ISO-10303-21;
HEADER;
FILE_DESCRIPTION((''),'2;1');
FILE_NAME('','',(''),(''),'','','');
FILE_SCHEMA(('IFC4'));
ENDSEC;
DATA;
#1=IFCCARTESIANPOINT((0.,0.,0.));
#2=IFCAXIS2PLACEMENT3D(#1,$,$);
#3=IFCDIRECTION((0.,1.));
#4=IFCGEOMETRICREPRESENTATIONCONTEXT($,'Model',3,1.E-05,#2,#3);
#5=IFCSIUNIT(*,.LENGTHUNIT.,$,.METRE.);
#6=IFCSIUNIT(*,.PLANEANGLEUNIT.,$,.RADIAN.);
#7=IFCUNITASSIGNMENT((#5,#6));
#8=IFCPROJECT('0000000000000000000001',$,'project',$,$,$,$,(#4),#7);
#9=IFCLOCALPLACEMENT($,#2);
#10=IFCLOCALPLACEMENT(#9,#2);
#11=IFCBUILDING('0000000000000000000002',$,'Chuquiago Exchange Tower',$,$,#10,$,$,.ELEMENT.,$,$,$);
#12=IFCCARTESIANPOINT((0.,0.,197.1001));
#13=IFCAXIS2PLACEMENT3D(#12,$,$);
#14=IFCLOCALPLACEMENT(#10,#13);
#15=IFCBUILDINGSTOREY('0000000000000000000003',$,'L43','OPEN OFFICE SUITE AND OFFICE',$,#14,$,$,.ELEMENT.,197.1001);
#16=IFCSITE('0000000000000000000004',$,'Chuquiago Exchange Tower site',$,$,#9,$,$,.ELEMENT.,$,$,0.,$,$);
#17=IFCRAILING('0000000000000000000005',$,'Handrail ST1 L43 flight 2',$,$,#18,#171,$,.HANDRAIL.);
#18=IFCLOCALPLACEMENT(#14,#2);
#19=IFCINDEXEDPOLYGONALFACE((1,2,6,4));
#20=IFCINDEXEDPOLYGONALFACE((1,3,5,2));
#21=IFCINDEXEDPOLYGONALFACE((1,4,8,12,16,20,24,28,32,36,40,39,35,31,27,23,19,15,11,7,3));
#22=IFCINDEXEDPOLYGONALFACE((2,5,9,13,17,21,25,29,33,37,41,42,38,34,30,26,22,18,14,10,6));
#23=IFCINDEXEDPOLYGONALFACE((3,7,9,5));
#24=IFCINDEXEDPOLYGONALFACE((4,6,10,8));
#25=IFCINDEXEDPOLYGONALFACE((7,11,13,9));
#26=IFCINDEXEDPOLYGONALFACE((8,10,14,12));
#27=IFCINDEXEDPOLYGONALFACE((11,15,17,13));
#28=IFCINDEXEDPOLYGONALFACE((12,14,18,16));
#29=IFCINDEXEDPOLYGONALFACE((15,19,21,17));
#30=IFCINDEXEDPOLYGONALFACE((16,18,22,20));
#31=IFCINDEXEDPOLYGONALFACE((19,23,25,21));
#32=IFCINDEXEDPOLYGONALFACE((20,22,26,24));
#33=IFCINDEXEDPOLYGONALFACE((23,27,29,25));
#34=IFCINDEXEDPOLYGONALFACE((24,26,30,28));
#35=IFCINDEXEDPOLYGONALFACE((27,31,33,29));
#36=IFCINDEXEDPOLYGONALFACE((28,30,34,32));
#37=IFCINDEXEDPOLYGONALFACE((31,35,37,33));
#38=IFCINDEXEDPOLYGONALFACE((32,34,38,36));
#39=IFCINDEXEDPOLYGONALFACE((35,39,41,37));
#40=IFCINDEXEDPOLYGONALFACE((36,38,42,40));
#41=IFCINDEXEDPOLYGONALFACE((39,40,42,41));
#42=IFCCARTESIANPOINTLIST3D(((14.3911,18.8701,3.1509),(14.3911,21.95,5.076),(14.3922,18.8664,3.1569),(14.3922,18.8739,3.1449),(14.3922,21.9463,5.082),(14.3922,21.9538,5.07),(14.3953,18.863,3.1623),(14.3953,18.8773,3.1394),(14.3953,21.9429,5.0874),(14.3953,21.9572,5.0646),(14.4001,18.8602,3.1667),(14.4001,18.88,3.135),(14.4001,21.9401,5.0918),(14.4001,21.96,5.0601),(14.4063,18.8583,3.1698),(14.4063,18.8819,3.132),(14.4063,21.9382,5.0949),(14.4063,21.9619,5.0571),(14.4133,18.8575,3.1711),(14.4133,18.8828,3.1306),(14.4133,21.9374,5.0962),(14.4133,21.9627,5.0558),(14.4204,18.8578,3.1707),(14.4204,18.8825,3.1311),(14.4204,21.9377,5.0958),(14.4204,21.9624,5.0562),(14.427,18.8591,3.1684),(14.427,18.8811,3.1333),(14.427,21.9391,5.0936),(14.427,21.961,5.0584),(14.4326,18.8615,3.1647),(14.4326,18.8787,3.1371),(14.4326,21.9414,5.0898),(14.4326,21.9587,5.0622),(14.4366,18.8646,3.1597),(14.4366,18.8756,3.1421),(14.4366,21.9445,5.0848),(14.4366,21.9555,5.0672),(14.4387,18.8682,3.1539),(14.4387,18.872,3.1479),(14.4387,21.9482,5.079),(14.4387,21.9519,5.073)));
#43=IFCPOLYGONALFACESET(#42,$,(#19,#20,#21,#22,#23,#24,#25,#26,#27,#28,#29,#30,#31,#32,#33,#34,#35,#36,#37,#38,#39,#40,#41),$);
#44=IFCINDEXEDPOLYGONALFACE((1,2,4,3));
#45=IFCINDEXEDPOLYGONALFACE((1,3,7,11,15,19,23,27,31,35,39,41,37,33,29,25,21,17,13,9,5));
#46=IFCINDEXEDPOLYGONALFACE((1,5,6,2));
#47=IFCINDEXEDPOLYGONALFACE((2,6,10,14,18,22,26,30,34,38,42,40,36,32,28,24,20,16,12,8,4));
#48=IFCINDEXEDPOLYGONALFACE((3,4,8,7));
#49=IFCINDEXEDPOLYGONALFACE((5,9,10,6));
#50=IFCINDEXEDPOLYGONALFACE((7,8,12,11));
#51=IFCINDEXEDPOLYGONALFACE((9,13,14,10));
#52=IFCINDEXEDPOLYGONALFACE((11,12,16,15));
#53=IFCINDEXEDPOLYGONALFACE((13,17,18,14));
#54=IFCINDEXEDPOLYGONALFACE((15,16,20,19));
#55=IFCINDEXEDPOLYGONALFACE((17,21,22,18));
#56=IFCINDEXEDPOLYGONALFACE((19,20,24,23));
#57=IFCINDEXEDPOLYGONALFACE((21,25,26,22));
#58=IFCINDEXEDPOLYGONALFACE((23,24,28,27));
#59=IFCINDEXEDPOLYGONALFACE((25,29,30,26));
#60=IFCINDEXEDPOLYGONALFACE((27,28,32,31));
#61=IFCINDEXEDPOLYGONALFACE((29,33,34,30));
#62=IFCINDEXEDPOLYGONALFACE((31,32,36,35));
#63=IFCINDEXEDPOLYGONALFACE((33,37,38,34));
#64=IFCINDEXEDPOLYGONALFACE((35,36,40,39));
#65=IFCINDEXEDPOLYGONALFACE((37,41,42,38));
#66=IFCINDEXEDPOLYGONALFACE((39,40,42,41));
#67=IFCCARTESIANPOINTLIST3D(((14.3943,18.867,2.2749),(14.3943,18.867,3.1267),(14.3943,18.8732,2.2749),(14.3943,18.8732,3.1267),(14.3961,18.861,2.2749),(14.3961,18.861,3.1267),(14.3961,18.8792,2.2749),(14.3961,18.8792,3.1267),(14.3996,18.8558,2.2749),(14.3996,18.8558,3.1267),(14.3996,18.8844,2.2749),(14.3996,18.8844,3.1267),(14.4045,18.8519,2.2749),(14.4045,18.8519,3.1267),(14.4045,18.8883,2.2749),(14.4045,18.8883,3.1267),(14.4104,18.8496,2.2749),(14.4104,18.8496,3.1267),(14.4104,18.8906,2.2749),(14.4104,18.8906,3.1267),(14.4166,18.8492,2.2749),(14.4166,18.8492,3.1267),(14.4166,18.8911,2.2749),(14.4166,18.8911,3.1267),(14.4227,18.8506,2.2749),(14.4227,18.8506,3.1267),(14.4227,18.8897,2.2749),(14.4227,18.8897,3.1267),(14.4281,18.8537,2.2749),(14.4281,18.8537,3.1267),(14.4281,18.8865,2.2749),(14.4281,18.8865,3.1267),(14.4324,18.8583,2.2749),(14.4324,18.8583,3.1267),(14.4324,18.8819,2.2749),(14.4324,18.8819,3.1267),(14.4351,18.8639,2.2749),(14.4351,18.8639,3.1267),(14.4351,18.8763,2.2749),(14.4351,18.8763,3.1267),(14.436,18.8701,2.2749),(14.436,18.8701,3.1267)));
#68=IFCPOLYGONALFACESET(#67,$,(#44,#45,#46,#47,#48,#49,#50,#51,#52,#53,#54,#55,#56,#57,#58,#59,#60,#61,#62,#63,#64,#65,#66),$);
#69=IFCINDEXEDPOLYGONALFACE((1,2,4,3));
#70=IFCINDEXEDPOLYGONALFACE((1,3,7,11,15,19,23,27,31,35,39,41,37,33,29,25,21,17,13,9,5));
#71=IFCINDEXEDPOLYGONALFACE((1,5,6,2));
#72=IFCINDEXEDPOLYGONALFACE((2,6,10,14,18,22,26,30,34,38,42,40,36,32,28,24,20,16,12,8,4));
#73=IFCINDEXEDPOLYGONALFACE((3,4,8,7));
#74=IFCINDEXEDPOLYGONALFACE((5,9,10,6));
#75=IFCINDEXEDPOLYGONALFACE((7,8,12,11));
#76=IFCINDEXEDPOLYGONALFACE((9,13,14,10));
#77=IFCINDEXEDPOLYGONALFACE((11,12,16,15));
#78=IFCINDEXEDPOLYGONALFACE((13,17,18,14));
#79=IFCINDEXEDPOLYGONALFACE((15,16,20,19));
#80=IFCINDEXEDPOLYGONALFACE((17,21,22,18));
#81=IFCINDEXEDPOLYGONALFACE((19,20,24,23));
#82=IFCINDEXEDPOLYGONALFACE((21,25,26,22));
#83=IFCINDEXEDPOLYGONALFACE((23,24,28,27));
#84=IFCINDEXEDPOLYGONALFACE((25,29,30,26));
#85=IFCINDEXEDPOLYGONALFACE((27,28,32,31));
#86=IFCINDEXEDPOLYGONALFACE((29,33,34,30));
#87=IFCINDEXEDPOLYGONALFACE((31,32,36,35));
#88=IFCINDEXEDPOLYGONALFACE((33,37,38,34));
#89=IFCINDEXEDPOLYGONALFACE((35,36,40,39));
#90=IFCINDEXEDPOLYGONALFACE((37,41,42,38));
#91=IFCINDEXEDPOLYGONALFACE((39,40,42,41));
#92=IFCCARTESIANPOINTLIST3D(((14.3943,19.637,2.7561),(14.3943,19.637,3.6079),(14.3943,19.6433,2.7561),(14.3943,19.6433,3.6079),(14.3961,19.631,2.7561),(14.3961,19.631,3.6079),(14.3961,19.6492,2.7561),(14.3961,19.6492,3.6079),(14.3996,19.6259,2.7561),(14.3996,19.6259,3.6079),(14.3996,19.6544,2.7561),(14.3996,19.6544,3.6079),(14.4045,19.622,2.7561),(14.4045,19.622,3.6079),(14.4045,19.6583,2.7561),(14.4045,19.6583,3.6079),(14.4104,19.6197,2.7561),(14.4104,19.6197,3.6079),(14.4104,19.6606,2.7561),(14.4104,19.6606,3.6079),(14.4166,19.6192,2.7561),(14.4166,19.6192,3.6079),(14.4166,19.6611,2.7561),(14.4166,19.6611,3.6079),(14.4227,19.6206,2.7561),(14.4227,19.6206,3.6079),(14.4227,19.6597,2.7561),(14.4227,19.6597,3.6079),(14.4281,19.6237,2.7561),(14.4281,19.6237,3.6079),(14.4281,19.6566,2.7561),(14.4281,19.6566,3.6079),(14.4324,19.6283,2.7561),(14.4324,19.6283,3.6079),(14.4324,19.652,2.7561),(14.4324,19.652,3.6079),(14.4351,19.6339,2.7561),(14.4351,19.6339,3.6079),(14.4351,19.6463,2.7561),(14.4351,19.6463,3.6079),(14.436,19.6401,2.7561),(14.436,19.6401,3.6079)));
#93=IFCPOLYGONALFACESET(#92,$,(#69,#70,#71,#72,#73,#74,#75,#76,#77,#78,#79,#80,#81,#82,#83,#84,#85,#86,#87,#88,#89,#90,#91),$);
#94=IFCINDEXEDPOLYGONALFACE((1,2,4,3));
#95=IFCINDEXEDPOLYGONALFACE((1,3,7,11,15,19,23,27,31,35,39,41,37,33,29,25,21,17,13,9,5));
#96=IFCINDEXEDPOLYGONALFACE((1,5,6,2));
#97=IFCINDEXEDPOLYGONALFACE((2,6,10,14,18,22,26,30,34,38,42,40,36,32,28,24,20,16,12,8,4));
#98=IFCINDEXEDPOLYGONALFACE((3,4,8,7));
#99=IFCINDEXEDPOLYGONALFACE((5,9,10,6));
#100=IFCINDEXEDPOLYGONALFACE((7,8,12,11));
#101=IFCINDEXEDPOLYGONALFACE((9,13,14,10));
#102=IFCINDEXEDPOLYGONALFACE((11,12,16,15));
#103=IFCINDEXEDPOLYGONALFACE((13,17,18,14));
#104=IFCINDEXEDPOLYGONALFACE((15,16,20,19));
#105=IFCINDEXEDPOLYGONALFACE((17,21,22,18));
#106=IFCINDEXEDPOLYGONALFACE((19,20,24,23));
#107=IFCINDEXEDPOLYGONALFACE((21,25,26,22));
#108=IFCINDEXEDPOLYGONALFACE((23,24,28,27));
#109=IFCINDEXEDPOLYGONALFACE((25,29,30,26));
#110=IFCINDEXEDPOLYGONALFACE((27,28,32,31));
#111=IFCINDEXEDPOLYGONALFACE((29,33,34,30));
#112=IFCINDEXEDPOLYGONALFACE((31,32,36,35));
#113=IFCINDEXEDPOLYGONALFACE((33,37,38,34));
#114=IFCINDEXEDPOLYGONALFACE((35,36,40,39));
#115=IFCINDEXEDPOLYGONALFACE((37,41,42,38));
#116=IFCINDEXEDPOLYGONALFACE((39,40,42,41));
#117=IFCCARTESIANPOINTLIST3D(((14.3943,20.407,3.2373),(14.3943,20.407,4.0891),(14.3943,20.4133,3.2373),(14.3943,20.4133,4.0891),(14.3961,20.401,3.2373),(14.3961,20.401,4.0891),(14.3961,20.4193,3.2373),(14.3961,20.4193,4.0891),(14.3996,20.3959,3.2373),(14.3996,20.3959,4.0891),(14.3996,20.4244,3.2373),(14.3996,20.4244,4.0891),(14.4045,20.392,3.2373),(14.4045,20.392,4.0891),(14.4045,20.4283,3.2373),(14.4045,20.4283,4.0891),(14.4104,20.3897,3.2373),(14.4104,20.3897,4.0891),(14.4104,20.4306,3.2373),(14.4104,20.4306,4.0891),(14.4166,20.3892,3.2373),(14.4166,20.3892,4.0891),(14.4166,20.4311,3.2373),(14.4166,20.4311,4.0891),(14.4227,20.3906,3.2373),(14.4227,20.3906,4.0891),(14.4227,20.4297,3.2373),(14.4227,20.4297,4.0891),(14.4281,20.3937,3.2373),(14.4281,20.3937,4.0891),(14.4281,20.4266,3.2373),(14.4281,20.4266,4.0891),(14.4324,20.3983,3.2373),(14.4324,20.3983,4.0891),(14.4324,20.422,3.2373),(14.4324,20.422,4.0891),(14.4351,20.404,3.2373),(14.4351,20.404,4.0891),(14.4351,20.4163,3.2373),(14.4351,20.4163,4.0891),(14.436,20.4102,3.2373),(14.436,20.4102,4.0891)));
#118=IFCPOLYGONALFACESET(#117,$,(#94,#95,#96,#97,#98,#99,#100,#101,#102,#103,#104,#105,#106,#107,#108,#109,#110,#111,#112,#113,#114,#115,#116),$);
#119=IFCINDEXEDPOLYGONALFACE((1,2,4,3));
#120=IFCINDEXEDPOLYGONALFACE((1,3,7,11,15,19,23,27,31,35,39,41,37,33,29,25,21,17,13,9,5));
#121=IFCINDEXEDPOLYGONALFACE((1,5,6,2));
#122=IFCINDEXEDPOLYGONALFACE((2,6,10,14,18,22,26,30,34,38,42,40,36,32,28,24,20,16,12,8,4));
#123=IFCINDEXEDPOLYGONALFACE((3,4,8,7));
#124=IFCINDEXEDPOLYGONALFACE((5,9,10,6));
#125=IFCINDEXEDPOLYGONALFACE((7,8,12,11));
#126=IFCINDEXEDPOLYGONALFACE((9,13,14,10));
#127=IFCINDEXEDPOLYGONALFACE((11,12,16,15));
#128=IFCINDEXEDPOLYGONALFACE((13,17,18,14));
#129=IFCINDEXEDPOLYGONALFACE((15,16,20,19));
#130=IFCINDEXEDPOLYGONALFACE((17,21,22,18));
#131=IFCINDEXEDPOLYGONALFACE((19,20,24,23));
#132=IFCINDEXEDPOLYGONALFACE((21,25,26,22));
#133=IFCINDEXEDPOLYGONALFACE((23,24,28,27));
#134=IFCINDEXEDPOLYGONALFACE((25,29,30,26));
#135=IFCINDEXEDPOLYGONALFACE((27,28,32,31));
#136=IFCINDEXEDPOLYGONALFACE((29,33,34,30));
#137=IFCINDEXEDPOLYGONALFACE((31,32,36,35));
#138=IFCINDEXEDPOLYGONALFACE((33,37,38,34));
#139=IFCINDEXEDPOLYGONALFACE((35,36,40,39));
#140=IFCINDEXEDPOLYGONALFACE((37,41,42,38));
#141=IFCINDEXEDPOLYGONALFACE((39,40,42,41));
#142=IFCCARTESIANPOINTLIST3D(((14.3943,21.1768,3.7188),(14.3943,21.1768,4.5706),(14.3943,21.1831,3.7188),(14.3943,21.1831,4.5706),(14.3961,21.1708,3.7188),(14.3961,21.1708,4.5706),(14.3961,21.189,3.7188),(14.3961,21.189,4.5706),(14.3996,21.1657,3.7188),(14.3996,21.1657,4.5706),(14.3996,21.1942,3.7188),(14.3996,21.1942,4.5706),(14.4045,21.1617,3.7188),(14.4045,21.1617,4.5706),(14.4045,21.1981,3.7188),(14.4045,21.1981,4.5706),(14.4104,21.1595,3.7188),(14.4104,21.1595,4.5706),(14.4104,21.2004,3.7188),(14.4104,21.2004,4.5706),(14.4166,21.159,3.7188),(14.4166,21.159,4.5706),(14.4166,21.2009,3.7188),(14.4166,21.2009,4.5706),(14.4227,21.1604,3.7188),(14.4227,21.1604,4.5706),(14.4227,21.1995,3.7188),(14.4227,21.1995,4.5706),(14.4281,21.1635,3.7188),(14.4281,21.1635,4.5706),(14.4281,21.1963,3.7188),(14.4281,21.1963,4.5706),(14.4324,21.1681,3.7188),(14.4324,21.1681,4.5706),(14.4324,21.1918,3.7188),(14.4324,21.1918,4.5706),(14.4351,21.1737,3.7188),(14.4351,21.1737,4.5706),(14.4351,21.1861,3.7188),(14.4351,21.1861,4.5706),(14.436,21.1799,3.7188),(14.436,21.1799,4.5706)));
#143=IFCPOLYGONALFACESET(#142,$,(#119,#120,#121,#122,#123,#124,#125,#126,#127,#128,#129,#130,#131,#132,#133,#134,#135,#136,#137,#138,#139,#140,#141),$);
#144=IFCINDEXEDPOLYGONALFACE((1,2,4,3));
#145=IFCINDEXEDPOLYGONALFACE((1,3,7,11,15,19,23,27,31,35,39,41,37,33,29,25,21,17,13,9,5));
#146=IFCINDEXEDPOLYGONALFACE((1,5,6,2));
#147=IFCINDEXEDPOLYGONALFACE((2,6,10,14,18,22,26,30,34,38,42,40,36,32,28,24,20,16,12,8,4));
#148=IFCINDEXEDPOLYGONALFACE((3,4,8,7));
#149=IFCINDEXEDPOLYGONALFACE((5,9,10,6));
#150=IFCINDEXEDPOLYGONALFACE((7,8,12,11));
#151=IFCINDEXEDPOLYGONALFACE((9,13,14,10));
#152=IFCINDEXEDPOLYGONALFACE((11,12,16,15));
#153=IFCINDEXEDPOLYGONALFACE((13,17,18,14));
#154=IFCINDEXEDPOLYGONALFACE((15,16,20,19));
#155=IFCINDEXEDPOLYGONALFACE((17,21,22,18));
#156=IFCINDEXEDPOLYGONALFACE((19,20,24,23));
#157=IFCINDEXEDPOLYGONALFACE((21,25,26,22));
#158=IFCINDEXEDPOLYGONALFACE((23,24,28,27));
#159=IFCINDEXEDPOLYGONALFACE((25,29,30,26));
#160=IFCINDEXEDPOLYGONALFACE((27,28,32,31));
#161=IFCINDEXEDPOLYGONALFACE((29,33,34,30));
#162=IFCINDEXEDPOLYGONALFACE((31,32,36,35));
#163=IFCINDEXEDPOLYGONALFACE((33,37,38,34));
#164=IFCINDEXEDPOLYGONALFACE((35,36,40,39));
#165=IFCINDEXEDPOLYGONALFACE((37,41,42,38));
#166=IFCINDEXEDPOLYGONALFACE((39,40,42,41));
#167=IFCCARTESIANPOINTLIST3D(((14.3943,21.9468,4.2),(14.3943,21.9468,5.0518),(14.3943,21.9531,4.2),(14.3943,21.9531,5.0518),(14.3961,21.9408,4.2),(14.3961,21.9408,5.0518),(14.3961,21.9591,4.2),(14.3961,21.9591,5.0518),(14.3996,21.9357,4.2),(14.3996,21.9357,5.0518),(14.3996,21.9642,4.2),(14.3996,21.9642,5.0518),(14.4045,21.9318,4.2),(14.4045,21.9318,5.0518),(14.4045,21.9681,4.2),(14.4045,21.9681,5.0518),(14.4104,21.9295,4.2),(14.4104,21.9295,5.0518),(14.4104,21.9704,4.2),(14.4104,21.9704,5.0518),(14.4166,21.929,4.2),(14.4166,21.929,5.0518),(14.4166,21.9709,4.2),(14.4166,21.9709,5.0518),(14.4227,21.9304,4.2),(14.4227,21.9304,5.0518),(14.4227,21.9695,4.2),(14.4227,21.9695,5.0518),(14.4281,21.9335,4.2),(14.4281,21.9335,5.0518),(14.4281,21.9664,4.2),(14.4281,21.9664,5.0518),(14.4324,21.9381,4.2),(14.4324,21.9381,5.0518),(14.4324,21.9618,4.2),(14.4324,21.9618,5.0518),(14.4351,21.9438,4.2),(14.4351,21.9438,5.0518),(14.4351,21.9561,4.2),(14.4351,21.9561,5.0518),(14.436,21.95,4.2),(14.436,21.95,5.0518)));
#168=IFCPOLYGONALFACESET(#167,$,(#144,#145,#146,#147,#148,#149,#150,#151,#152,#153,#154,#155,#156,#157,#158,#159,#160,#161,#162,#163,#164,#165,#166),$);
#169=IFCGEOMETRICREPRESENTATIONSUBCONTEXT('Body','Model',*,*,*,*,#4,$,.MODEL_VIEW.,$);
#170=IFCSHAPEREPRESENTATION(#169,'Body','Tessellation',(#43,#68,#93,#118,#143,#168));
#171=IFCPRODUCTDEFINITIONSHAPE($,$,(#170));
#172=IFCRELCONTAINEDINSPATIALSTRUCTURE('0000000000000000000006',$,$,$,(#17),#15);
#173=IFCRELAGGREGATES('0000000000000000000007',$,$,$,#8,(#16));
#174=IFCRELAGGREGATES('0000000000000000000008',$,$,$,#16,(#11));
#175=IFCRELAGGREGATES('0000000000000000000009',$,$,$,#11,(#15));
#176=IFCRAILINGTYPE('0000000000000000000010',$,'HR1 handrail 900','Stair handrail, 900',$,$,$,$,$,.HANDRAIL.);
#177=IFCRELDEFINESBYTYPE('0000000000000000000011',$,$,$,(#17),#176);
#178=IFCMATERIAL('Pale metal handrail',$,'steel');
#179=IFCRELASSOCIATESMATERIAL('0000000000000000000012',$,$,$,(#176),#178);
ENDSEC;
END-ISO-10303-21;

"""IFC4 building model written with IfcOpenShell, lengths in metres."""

from ifc_helpers import new_model, si_unit, direction, frame, origin, origin_2d, place, context, subcontext, project, spatial, circle, extrude, material, type_object, element, save


model = new_model("IFC4")

# Units and contexts
model_context = context("Model", 3, precision=1e-05, world=origin(), true_north=direction((0.0, 1.0)))
body_context = subcontext(model_context, "Body", "Model", "MODEL_VIEW")
ifc_project = project(units=[si_unit("LENGTHUNIT", "METRE"), si_unit("PLANEANGLEUNIT", "RADIAN")], contexts=[model_context])

# Site, building, storey
site_placement = place(None, origin())
site = spatial("IfcSite", under=ifc_project, at=site_placement, Name="Chuquiago Exchange Tower site", CompositionType="ELEMENT", RefElevation=0.0)
building_placement = place(site_placement, origin())
building = spatial("IfcBuilding", under=site, at=building_placement, Name="Chuquiago Exchange Tower", CompositionType="ELEMENT")
storey_placement = place(building_placement, frame((0.0, 0.0, 197.1001)))
storey = spatial("IfcBuildingStorey", under=building, at=storey_placement, Name="L43", Description="OPEN OFFICE SUITE AND OFFICE", CompositionType="ELEMENT", Elevation=197.1001)

# Railing
ifc_material_1 = material(Name="Pale metal handrail", Category="steel")
railing_type_1 = type_object("IfcRailingType", Name="HR1 handrail 900", Description="Stair handrail, 900", PredefinedType="HANDRAIL", material=ifc_material_1)
for number, where, name in (
    (1, (14.415, 18.8701, 2.2749), "Handrail ST1 L43 flight 2"),
):
    element("IfcRailing", number, at=place(storey_placement, frame(where)), inside=storey, type_object=railing_type_1, Name=name, PredefinedType="HANDRAIL", context=body_context, shape_type="SweptSolid", body=[
        extrude(circle(Radius=0.0239, at=origin_2d()), frame((0.0, 0.0, 0.876), z_axis=(0.0, 0.847979, 0.530029), x_axis=(-1.0, 0.0, 0.0)), (0.0, 0.0, 1.0), 3.6321),
        extrude(circle(Radius=0.021, at=origin_2d()), origin(), (0.0, 0.0, 1.0), 0.8518),
        extrude(circle(Radius=0.021, at=origin_2d()), frame((0.0, 0.77, 0.4812)), (0.0, 0.0, 1.0), 0.8518),
        extrude(circle(Radius=0.021, at=origin_2d()), frame((0.0, 1.54, 0.9624)), (0.0, 0.0, 1.0), 0.8518),
        extrude(circle(Radius=0.021, at=origin_2d()), frame((0.0, 2.3098, 1.4438)), (0.0, 0.0, 1.0), 0.8518),
        extrude(circle(Radius=0.021, at=origin_2d()), frame((0.0, 3.0798, 1.925)), (0.0, 0.0, 1.0), 0.8518),
    ])

save(model, "model.ifc")
